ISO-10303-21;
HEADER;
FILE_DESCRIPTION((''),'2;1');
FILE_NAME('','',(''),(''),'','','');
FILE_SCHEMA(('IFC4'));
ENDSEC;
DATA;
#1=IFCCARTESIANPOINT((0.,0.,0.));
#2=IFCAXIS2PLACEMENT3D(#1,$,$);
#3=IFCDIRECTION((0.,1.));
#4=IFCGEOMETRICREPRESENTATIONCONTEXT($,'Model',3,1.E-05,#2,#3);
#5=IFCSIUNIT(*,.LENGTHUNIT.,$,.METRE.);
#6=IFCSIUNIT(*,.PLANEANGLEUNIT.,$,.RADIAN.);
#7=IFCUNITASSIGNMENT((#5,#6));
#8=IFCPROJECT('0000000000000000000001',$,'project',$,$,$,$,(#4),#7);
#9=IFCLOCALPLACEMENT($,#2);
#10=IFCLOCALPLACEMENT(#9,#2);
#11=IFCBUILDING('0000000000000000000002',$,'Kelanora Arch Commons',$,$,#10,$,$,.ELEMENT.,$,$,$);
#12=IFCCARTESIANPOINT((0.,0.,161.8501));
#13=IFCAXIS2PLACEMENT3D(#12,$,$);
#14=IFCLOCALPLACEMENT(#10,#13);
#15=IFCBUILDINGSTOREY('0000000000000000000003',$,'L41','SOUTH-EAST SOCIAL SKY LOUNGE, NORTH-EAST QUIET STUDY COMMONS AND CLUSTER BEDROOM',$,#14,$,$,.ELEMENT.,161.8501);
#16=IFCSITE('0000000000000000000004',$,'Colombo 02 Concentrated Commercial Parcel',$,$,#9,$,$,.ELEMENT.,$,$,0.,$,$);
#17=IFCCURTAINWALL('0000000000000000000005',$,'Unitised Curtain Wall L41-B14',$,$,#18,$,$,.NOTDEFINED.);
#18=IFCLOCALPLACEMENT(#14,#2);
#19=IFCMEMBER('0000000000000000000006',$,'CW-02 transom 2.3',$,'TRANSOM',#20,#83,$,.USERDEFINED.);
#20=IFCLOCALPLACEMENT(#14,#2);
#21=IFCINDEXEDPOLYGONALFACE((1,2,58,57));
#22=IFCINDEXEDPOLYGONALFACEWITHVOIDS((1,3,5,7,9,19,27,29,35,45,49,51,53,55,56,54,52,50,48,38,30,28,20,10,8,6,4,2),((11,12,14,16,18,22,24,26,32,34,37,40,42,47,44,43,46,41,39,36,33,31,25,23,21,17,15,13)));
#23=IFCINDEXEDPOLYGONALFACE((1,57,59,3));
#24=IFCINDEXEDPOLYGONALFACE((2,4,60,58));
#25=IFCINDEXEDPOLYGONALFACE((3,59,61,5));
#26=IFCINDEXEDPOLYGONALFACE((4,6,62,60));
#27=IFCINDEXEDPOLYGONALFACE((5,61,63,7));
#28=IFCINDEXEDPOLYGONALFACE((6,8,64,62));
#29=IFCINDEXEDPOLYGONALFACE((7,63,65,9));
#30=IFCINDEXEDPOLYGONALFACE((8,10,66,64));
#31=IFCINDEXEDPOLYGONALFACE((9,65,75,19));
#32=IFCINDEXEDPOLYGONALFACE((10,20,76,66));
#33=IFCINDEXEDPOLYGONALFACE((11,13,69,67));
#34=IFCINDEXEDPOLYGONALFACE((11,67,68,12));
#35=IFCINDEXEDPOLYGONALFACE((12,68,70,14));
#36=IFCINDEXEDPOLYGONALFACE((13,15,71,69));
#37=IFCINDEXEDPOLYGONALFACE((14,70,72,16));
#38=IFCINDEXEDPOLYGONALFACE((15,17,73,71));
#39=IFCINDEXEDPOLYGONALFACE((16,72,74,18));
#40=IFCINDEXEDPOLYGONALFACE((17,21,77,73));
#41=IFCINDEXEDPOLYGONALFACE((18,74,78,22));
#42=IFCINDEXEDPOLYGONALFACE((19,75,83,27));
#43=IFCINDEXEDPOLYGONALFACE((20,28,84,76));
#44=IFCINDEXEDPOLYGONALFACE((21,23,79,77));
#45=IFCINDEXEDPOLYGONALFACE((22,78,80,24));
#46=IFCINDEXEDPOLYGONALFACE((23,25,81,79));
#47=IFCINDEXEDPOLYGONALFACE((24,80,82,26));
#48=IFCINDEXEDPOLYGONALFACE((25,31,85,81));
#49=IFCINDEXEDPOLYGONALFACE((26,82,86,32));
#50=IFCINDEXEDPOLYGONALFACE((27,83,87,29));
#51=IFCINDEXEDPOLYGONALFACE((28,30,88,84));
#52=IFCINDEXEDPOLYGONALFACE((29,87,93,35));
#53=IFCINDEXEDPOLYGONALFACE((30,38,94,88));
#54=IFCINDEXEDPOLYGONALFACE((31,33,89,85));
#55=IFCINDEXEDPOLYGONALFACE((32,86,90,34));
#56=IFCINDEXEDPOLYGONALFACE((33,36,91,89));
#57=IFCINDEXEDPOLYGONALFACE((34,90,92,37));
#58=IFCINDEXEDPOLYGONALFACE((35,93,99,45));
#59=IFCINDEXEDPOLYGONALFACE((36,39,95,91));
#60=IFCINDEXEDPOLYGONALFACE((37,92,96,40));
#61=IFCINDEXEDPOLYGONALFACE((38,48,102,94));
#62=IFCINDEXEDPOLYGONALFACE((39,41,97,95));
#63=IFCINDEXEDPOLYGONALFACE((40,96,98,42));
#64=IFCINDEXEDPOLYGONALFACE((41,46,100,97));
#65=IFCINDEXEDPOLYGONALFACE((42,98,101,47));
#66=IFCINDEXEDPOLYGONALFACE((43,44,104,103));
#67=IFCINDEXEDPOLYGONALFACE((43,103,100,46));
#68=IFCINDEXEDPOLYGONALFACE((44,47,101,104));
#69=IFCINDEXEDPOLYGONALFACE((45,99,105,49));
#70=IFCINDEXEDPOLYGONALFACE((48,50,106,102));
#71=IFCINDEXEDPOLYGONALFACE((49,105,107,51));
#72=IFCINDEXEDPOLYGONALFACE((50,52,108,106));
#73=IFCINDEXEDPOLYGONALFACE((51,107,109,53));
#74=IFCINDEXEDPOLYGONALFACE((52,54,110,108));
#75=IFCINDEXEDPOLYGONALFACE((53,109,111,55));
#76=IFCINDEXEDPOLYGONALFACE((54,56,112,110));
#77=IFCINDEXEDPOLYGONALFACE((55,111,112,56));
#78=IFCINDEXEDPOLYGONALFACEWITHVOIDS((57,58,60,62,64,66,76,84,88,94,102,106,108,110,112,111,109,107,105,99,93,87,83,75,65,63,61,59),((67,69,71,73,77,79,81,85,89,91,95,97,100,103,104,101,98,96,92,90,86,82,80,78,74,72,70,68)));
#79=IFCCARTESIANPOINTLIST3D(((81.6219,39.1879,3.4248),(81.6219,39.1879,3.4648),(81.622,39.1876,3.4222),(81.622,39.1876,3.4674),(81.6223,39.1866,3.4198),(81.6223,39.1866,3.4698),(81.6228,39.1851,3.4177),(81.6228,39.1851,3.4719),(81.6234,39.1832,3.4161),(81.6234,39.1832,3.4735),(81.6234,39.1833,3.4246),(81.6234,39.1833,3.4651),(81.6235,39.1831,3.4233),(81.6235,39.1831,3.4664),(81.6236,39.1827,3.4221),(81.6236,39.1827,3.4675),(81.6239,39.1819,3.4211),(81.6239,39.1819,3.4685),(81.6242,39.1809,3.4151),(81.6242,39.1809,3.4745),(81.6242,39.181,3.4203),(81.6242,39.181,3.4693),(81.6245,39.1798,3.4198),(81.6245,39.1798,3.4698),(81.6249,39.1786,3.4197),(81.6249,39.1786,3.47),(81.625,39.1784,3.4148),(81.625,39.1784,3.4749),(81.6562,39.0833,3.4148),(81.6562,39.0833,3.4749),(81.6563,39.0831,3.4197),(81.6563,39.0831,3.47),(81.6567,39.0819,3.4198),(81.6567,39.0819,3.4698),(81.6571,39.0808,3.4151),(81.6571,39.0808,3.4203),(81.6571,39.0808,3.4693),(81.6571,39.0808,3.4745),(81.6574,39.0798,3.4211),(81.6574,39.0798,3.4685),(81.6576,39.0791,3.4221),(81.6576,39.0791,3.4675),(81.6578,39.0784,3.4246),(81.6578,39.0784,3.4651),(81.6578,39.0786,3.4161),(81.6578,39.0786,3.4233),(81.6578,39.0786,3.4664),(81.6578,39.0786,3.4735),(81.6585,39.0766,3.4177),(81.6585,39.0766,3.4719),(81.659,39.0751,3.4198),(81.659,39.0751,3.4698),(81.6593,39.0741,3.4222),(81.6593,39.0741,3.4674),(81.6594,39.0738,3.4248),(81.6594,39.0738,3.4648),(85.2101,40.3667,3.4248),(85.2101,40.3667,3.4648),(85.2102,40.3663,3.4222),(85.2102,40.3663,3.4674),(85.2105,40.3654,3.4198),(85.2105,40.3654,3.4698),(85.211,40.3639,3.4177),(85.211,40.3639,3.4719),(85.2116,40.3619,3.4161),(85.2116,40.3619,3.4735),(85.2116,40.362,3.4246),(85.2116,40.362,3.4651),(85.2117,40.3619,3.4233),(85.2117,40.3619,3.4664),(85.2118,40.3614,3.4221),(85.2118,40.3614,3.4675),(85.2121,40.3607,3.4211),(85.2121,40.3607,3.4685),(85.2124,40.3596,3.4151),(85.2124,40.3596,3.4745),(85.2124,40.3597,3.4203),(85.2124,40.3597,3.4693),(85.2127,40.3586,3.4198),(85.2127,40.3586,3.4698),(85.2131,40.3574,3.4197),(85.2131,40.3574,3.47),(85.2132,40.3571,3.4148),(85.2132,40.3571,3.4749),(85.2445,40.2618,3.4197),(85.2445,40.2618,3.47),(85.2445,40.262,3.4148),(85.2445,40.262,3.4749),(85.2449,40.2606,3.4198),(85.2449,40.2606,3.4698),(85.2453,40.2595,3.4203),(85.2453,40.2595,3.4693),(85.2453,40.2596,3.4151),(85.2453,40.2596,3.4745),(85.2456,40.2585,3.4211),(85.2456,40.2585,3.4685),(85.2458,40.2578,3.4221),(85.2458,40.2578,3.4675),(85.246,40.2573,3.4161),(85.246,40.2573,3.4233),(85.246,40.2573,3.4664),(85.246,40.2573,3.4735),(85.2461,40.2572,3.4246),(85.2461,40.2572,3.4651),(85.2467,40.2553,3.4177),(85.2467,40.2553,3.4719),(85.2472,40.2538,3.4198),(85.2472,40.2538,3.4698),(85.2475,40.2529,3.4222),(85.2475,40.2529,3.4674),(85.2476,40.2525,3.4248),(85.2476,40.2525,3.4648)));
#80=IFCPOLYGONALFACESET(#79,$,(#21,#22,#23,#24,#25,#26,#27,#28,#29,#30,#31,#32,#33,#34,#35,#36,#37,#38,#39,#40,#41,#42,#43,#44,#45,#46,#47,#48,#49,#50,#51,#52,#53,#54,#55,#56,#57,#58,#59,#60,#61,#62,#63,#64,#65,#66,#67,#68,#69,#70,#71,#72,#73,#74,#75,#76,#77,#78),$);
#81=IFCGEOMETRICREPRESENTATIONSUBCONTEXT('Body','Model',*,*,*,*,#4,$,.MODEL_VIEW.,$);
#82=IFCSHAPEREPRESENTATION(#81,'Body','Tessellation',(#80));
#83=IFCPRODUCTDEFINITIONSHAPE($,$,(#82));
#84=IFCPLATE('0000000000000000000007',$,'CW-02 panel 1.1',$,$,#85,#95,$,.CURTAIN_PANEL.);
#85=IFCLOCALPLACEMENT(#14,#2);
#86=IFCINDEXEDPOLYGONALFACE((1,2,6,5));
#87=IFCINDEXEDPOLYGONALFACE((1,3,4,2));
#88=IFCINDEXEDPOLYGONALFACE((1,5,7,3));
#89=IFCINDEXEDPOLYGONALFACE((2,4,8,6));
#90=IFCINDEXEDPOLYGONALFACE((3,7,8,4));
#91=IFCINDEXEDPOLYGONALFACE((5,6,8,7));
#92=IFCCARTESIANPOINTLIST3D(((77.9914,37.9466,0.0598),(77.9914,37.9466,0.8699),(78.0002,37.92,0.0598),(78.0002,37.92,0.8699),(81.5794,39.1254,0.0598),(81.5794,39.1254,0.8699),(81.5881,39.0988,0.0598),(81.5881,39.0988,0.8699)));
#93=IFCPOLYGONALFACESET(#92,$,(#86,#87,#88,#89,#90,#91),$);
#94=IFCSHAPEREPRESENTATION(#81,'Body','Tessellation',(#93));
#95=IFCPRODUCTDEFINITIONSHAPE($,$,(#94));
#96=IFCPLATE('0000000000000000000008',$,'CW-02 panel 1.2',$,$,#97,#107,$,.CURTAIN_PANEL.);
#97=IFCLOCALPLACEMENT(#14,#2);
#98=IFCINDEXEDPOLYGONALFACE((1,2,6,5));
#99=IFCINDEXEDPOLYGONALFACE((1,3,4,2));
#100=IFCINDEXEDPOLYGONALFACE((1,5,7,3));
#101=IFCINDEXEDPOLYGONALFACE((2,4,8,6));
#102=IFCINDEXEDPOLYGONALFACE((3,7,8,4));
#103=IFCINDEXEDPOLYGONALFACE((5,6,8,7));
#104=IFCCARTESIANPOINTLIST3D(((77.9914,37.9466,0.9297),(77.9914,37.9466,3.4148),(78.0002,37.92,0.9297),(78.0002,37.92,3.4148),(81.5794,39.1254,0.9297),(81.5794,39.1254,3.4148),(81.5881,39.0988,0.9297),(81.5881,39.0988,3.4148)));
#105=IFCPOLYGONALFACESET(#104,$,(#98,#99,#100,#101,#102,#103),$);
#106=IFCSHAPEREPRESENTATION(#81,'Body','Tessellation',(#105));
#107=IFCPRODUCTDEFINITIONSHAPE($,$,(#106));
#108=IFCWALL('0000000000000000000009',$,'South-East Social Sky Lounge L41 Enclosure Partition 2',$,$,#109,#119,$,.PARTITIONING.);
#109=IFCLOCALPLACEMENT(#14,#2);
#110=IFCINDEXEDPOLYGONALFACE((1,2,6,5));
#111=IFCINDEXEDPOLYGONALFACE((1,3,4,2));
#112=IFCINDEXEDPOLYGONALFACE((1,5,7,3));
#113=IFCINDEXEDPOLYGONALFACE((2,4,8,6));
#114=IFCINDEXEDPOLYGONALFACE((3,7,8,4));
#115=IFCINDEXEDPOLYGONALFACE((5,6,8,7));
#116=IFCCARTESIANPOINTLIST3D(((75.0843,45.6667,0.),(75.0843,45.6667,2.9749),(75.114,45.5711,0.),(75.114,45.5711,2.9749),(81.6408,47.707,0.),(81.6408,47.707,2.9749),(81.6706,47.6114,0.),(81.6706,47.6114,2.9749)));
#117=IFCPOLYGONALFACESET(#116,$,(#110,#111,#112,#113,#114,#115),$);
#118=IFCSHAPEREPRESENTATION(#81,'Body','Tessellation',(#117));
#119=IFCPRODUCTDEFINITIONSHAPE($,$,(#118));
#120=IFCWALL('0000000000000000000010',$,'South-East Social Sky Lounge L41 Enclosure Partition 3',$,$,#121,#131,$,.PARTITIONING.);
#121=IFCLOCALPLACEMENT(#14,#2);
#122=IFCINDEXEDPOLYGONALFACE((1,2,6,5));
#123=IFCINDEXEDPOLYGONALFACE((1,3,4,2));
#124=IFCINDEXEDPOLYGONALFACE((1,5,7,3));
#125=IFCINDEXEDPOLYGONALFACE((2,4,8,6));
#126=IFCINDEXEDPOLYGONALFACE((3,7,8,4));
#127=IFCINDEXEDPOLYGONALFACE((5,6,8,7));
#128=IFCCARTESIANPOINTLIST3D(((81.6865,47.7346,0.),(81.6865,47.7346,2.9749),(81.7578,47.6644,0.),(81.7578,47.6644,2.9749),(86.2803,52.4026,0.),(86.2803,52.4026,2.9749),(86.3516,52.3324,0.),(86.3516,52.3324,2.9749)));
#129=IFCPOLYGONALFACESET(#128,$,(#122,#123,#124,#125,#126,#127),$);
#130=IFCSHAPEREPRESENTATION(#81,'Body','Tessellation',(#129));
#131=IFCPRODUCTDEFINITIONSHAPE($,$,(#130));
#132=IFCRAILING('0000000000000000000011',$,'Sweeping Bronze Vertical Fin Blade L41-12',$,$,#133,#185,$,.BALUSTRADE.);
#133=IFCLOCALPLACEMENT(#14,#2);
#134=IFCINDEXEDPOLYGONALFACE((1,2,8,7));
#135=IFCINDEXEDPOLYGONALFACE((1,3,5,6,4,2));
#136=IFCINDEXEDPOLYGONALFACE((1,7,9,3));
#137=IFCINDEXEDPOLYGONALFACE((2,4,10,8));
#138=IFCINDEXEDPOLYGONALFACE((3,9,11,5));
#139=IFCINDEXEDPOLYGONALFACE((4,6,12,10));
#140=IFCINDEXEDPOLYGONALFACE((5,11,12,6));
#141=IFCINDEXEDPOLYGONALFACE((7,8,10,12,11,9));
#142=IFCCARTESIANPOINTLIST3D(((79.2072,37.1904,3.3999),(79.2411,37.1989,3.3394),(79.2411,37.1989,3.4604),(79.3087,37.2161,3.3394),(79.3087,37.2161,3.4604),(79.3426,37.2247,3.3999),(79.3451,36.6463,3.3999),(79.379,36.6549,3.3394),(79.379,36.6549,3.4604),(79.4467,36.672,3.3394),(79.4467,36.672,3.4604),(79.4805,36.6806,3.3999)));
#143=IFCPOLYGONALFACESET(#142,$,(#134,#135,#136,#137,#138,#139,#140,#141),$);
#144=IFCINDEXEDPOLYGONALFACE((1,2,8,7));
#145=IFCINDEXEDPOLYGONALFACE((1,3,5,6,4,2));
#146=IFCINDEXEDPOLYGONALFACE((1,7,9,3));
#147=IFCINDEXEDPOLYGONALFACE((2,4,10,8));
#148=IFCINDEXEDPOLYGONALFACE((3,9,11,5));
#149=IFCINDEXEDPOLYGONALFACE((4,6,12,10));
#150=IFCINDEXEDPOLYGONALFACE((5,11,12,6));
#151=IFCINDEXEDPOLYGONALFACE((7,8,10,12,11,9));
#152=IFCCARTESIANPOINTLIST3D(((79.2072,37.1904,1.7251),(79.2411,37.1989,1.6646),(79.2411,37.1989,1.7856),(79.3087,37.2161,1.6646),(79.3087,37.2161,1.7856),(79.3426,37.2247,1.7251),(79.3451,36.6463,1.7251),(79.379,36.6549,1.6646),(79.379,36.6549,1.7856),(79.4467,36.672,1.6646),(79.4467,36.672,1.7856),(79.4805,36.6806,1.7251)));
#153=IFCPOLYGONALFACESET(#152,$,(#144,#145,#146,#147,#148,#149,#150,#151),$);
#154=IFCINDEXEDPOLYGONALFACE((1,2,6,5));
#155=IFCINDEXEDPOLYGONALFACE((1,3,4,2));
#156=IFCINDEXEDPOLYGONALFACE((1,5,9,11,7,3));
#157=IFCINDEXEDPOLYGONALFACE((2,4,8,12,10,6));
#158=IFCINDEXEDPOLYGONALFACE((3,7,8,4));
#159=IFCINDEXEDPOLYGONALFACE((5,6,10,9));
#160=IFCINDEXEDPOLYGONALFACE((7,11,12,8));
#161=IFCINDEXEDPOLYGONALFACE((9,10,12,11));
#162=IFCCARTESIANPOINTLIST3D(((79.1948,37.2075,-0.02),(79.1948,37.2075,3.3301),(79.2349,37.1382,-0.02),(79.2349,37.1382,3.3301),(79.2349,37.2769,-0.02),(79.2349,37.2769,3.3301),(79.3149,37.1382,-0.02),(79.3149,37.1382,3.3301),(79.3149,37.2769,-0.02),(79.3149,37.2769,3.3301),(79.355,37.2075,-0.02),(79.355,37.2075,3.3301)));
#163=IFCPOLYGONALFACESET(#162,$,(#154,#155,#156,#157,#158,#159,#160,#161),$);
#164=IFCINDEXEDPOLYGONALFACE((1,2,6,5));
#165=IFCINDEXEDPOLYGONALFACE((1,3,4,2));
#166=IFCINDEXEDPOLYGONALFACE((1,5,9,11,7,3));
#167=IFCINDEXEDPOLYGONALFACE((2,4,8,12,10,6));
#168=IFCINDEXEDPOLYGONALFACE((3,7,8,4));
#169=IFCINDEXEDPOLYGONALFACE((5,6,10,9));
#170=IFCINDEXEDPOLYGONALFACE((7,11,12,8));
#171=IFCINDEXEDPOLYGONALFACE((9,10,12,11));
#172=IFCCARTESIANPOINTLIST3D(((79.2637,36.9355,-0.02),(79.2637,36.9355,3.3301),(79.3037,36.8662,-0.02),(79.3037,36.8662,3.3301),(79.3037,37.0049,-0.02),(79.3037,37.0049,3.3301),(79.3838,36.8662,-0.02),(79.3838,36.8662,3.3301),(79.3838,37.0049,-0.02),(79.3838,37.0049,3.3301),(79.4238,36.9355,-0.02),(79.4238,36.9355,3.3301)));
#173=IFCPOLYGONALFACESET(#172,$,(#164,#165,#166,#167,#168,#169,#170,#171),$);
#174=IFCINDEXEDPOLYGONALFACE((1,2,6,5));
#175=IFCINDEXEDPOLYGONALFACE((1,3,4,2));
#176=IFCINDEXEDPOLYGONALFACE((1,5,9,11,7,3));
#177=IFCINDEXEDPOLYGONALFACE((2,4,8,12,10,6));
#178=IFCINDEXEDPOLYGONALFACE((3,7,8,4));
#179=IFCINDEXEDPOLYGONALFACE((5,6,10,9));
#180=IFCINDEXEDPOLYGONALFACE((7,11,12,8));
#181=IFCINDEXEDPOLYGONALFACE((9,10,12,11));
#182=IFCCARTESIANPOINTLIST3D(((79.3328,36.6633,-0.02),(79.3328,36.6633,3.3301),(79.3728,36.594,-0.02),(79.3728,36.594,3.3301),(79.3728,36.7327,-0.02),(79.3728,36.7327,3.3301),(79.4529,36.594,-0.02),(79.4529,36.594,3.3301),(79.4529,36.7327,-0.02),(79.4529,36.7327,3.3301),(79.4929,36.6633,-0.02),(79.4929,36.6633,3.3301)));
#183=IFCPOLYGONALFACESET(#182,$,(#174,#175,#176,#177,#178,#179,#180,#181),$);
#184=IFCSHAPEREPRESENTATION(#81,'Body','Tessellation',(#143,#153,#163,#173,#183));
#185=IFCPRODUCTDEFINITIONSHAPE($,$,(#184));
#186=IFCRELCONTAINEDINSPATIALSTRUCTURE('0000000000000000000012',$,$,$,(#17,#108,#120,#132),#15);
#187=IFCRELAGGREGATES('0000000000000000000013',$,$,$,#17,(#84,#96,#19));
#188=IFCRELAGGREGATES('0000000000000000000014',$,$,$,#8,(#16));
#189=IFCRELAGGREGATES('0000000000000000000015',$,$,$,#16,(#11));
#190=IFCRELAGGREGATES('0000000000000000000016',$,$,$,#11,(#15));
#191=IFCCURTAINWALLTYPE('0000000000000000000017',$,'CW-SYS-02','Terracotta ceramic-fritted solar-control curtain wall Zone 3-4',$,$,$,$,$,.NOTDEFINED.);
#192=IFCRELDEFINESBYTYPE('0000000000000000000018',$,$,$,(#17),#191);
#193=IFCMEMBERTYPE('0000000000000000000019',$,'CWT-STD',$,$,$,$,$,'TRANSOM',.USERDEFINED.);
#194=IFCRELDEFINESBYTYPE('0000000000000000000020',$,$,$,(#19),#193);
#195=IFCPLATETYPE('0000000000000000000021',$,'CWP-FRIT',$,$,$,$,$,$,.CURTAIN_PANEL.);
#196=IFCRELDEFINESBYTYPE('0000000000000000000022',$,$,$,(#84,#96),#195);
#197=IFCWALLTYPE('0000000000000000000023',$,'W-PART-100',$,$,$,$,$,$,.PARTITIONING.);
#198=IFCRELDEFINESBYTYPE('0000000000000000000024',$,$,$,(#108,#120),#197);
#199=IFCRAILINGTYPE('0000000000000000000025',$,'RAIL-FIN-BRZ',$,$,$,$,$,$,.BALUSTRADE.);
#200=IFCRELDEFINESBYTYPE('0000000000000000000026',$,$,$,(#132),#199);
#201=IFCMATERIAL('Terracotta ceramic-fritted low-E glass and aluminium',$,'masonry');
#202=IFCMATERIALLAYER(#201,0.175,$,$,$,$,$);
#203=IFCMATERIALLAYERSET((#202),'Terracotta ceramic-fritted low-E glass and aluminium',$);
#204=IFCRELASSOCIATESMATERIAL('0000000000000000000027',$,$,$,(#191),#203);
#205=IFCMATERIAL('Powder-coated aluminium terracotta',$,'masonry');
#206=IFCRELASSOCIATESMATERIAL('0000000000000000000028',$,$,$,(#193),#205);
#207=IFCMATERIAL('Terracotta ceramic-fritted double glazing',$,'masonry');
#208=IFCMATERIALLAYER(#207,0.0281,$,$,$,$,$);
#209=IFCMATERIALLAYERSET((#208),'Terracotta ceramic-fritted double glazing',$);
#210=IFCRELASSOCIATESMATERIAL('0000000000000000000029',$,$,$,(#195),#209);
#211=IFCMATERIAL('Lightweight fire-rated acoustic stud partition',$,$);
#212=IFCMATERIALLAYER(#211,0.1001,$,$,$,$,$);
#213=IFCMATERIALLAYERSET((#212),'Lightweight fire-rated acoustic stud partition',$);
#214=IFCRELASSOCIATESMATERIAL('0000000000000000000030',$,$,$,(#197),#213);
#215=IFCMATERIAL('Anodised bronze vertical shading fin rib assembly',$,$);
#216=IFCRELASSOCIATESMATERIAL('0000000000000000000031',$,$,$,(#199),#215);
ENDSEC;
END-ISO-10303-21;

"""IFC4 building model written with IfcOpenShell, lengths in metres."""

from ifc_helpers import new_model, si_unit, direction, frame, frame_2d, origin, origin_2d, place, context, subcontext, project, spatial, polyline, rectangle, hollow_rectangle, outline, extrude, source, transform, mapped, material, layer, layer_set, material_profile, profile_set, type_object, element, aggregate, save


model = new_model("IFC4")

# Units and contexts
model_context = context("Model", 3, precision=1e-05, world=origin(), true_north=direction((0.0, 1.0)))
body_context = subcontext(model_context, "Body", "Model", "MODEL_VIEW")
ifc_project = project(units=[si_unit("LENGTHUNIT", "METRE"), si_unit("PLANEANGLEUNIT", "RADIAN")], contexts=[model_context])

# Site, building, storey
site_placement = place(None, origin())
site = spatial("IfcSite", under=ifc_project, at=site_placement, Name="Colombo 02 Concentrated Commercial Parcel", CompositionType="ELEMENT", RefElevation=0.0)
building_placement = place(site_placement, origin())
building = spatial("IfcBuilding", under=site, at=building_placement, Name="Kelanora Arch Commons", CompositionType="ELEMENT")
storey_placement = place(building_placement, frame((0.0, 0.0, 161.8501)))
storey = spatial("IfcBuildingStorey", under=building, at=storey_placement, Name="L41", Description="SOUTH-EAST SOCIAL SKY LOUNGE, NORTH-EAST QUIET STUDY COMMONS AND CLUSTER BEDROOM", CompositionType="ELEMENT", Elevation=161.8501)

# Curtain wall, member, plates
ifc_material_1 = material(Name="Terracotta ceramic-fritted low-E glass and aluminium", Category="masonry")
ifc_layer_1 = layer(ifc_material_1, 0.175)
ifc_layer_set_1 = layer_set([ifc_layer_1], Name="Terracotta ceramic-fritted low-E glass and aluminium")
curtain_wall_type = type_object("IfcCurtainWallType", Name="CW-SYS-02", Description="Terracotta ceramic-fritted solar-control curtain wall Zone 3-4", PredefinedType="NOTDEFINED", material=ifc_layer_set_1)
curtain_wall_placement = place(storey_placement, origin())
curtain_wall = element("IfcCurtainWall", 1, at=curtain_wall_placement, inside=storey, type_object=curtain_wall_type, Name="Unitised Curtain Wall L41-B14", PredefinedType="NOTDEFINED")
ifc_material_2 = material(Name="Powder-coated aluminium terracotta", Category="masonry")
ifc_material_profile_1 = material_profile(ifc_material_2, hollow_rectangle(XDim=0.1201, YDim=0.0601, WallThickness=0.0049, InnerFilletRadius=0.0049, OuterFilletRadius=0.01, at=origin_2d()), Name="CWT120x60")
ifc_profile_set_1 = profile_set([ifc_material_profile_1], Name="Powder-coated aluminium terracotta")
member_type_1 = type_object("IfcMemberType", Name="CWT-STD", ElementType="TRANSOM", PredefinedType="USERDEFINED", material=ifc_profile_set_1)
member_1_placement = place(storey_placement, frame((81.6406, 39.1309, 3.4448), z_axis=(0.950051, 0.312094, 0.0), x_axis=(-0.312094, 0.950051, 0.0)))
member_1 = element("IfcMember", 2, at=member_1_placement, type_object=member_type_1, Name="CW-02 transom 2.3", ObjectType="TRANSOM", PredefinedType="USERDEFINED", context=body_context, shape_type="SweptSolid", body=[
    extrude(hollow_rectangle(XDim=0.1201, YDim=0.0601, WallThickness=0.0049, InnerFilletRadius=0.0049, OuterFilletRadius=0.01, at=origin_2d()), origin(), (0.0, 0.0, 1.0), 3.7769),
])
ifc_material_3 = material(Name="Terracotta ceramic-fritted double glazing", Category="masonry")
ifc_layer_2 = layer(ifc_material_3, 0.0281)
ifc_layer_set_2 = layer_set([ifc_layer_2], Name="Terracotta ceramic-fritted double glazing")
plate_type = type_object("IfcPlateType", Name="CWP-FRIT", PredefinedType="CURTAIN_PANEL", material=ifc_layer_set_2)
shared_shape_1 = source(origin(), body_context, "Body", "SweptSolid", [
    extrude(rectangle(XDim=3.7766, YDim=0.0281, at=origin_2d()), origin(), (0.0, 0.0, 1.0), 0.8101),
])
plate_1_placement = place(storey_placement, frame((79.7898, 38.5227, 0.0598), z_axis=(0.0, 0.0, 1.0), x_axis=(0.95004, 0.312128, 0.0)))
plate_1 = element("IfcPlate", 3, at=plate_1_placement, type_object=plate_type, Name="CW-02 panel 1.1", PredefinedType="CURTAIN_PANEL", context=body_context, shape_type="MappedRepresentation", body=[
    mapped(shared_shape_1, transform((0.0, 0.0, 0.0), scale=1.0)),
])
shared_shape_2 = source(origin(), body_context, "Body", "SweptSolid", [
    extrude(rectangle(XDim=3.7766, YDim=0.0281, at=origin_2d()), origin(), (0.0, 0.0, 1.0), 2.4851),
])
plate_2_placement = place(storey_placement, frame((79.7898, 38.5227, 0.9297), z_axis=(0.0, 0.0, 1.0), x_axis=(0.95004, 0.312128, 0.0)))
plate_2 = element("IfcPlate", 4, at=plate_2_placement, type_object=plate_type, Name="CW-02 panel 1.2", PredefinedType="CURTAIN_PANEL", context=body_context, shape_type="MappedRepresentation", body=[
    mapped(shared_shape_2, transform((0.0, 0.0, 0.0), scale=1.0)),
])
aggregate(curtain_wall, [plate_1, plate_2, member_1])

# Walls
ifc_material_4 = material(Name="Lightweight fire-rated acoustic stud partition")
ifc_layer_3 = layer(ifc_material_4, 0.1001)
ifc_layer_set_3 = layer_set([ifc_layer_3], Name="Lightweight fire-rated acoustic stud partition")
wall_type = type_object("IfcWallType", Name="W-PART-100", PredefinedType="PARTITIONING", material=ifc_layer_set_3)
wall_1_placement = place(storey_placement, frame((75.0991, 45.6189, 0.0), z_axis=(0.0, 0.0, 1.0), x_axis=(0.954839, 0.297125, 0.0)))
element("IfcWall", 5, at=wall_1_placement, inside=storey, type_object=wall_type, Name="South-East Social Sky Lounge L41 Enclosure Partition 2", PredefinedType="PARTITIONING", context=body_context, shape_type="SweptSolid", body=[
    extrude(rectangle(XDim=6.8667, YDim=0.1001, at=frame_2d((3.4333, 0.0))), origin(), (0.0, 0.0, 1.0), 2.9749),
])
wall_2_placement = place(storey_placement, frame((81.7222, 47.6995, 0.0), z_axis=(0.0, 0.0, 1.0), x_axis=(0.701418, 0.71275, 0.0)))
element("IfcWall", 6, at=wall_2_placement, inside=storey, type_object=wall_type, Name="South-East Social Sky Lounge L41 Enclosure Partition 3", PredefinedType="PARTITIONING", context=body_context, shape_type="SweptSolid", body=[
    extrude(rectangle(XDim=6.5493, YDim=0.1001, at=frame_2d((3.2747, 0.0))), origin(), (0.0, 0.0, 1.0), 2.9749),
])

# Railing
ifc_material_5 = material(Name="Anodised bronze vertical shading fin rib assembly")
railing_type = type_object("IfcRailingType", Name="RAIL-FIN-BRZ", PredefinedType="BALUSTRADE", material=ifc_material_5)
railing_placement = place(storey_placement, frame((79.2749, 37.2075, -0.02)))
element("IfcRailing", 7, at=railing_placement, inside=storey, type_object=railing_type, Name="Sweeping Bronze Vertical Fin Blade L41-12", PredefinedType="BALUSTRADE", context=body_context, shape_type="SweptSolid", body=[
    extrude(outline(polyline([(0.0698, 0.0), (0.0349, 0.0605), (-0.0349, 0.0605), (-0.0698, 0.0), (-0.0349, -0.0605), (0.0349, -0.0605), (0.0698, 0.0)])), frame((0.0, 0.0, 3.4199), z_axis=(0.245706, -0.969344, 0.0), x_axis=(0.969344, 0.245706, 0.0)), (0.0, 0.0, 1.0), 0.5613),
    extrude(outline(polyline([(0.0698, 0.0), (0.0349, 0.0605), (-0.0349, 0.0605), (-0.0698, 0.0), (-0.0349, -0.0605), (0.0349, -0.0605), (0.0698, 0.0)])), frame((0.0, 0.0, 1.7451), z_axis=(0.245706, -0.969344, 0.0), x_axis=(0.969344, 0.245706, 0.0)), (0.0, 0.0, 1.0), 0.5613),
    extrude(outline(polyline([(0.0801, 0.0), (0.04, 0.0693), (-0.04, 0.0693), (-0.0801, 0.0), (-0.04, -0.0693), (0.04, -0.0693), (0.0801, 0.0)])), origin(), (0.0, 0.0, 1.0), 3.3501),
    extrude(outline(polyline([(0.0801, 0.0), (0.04, 0.0693), (-0.04, 0.0693), (-0.0801, 0.0), (-0.04, -0.0693), (0.04, -0.0693), (0.0801, 0.0)])), frame((0.0688, -0.272, 0.0)), (0.0, 0.0, 1.0), 3.3501),
    extrude(outline(polyline([(0.0801, 0.0), (0.04, 0.0693), (-0.04, 0.0693), (-0.0801, 0.0), (-0.04, -0.0693), (0.04, -0.0693), (0.0801, 0.0)])), frame((0.1379, -0.5442, 0.0)), (0.0, 0.0, 1.0), 3.3501),
])

save(model, "model.ifc")
